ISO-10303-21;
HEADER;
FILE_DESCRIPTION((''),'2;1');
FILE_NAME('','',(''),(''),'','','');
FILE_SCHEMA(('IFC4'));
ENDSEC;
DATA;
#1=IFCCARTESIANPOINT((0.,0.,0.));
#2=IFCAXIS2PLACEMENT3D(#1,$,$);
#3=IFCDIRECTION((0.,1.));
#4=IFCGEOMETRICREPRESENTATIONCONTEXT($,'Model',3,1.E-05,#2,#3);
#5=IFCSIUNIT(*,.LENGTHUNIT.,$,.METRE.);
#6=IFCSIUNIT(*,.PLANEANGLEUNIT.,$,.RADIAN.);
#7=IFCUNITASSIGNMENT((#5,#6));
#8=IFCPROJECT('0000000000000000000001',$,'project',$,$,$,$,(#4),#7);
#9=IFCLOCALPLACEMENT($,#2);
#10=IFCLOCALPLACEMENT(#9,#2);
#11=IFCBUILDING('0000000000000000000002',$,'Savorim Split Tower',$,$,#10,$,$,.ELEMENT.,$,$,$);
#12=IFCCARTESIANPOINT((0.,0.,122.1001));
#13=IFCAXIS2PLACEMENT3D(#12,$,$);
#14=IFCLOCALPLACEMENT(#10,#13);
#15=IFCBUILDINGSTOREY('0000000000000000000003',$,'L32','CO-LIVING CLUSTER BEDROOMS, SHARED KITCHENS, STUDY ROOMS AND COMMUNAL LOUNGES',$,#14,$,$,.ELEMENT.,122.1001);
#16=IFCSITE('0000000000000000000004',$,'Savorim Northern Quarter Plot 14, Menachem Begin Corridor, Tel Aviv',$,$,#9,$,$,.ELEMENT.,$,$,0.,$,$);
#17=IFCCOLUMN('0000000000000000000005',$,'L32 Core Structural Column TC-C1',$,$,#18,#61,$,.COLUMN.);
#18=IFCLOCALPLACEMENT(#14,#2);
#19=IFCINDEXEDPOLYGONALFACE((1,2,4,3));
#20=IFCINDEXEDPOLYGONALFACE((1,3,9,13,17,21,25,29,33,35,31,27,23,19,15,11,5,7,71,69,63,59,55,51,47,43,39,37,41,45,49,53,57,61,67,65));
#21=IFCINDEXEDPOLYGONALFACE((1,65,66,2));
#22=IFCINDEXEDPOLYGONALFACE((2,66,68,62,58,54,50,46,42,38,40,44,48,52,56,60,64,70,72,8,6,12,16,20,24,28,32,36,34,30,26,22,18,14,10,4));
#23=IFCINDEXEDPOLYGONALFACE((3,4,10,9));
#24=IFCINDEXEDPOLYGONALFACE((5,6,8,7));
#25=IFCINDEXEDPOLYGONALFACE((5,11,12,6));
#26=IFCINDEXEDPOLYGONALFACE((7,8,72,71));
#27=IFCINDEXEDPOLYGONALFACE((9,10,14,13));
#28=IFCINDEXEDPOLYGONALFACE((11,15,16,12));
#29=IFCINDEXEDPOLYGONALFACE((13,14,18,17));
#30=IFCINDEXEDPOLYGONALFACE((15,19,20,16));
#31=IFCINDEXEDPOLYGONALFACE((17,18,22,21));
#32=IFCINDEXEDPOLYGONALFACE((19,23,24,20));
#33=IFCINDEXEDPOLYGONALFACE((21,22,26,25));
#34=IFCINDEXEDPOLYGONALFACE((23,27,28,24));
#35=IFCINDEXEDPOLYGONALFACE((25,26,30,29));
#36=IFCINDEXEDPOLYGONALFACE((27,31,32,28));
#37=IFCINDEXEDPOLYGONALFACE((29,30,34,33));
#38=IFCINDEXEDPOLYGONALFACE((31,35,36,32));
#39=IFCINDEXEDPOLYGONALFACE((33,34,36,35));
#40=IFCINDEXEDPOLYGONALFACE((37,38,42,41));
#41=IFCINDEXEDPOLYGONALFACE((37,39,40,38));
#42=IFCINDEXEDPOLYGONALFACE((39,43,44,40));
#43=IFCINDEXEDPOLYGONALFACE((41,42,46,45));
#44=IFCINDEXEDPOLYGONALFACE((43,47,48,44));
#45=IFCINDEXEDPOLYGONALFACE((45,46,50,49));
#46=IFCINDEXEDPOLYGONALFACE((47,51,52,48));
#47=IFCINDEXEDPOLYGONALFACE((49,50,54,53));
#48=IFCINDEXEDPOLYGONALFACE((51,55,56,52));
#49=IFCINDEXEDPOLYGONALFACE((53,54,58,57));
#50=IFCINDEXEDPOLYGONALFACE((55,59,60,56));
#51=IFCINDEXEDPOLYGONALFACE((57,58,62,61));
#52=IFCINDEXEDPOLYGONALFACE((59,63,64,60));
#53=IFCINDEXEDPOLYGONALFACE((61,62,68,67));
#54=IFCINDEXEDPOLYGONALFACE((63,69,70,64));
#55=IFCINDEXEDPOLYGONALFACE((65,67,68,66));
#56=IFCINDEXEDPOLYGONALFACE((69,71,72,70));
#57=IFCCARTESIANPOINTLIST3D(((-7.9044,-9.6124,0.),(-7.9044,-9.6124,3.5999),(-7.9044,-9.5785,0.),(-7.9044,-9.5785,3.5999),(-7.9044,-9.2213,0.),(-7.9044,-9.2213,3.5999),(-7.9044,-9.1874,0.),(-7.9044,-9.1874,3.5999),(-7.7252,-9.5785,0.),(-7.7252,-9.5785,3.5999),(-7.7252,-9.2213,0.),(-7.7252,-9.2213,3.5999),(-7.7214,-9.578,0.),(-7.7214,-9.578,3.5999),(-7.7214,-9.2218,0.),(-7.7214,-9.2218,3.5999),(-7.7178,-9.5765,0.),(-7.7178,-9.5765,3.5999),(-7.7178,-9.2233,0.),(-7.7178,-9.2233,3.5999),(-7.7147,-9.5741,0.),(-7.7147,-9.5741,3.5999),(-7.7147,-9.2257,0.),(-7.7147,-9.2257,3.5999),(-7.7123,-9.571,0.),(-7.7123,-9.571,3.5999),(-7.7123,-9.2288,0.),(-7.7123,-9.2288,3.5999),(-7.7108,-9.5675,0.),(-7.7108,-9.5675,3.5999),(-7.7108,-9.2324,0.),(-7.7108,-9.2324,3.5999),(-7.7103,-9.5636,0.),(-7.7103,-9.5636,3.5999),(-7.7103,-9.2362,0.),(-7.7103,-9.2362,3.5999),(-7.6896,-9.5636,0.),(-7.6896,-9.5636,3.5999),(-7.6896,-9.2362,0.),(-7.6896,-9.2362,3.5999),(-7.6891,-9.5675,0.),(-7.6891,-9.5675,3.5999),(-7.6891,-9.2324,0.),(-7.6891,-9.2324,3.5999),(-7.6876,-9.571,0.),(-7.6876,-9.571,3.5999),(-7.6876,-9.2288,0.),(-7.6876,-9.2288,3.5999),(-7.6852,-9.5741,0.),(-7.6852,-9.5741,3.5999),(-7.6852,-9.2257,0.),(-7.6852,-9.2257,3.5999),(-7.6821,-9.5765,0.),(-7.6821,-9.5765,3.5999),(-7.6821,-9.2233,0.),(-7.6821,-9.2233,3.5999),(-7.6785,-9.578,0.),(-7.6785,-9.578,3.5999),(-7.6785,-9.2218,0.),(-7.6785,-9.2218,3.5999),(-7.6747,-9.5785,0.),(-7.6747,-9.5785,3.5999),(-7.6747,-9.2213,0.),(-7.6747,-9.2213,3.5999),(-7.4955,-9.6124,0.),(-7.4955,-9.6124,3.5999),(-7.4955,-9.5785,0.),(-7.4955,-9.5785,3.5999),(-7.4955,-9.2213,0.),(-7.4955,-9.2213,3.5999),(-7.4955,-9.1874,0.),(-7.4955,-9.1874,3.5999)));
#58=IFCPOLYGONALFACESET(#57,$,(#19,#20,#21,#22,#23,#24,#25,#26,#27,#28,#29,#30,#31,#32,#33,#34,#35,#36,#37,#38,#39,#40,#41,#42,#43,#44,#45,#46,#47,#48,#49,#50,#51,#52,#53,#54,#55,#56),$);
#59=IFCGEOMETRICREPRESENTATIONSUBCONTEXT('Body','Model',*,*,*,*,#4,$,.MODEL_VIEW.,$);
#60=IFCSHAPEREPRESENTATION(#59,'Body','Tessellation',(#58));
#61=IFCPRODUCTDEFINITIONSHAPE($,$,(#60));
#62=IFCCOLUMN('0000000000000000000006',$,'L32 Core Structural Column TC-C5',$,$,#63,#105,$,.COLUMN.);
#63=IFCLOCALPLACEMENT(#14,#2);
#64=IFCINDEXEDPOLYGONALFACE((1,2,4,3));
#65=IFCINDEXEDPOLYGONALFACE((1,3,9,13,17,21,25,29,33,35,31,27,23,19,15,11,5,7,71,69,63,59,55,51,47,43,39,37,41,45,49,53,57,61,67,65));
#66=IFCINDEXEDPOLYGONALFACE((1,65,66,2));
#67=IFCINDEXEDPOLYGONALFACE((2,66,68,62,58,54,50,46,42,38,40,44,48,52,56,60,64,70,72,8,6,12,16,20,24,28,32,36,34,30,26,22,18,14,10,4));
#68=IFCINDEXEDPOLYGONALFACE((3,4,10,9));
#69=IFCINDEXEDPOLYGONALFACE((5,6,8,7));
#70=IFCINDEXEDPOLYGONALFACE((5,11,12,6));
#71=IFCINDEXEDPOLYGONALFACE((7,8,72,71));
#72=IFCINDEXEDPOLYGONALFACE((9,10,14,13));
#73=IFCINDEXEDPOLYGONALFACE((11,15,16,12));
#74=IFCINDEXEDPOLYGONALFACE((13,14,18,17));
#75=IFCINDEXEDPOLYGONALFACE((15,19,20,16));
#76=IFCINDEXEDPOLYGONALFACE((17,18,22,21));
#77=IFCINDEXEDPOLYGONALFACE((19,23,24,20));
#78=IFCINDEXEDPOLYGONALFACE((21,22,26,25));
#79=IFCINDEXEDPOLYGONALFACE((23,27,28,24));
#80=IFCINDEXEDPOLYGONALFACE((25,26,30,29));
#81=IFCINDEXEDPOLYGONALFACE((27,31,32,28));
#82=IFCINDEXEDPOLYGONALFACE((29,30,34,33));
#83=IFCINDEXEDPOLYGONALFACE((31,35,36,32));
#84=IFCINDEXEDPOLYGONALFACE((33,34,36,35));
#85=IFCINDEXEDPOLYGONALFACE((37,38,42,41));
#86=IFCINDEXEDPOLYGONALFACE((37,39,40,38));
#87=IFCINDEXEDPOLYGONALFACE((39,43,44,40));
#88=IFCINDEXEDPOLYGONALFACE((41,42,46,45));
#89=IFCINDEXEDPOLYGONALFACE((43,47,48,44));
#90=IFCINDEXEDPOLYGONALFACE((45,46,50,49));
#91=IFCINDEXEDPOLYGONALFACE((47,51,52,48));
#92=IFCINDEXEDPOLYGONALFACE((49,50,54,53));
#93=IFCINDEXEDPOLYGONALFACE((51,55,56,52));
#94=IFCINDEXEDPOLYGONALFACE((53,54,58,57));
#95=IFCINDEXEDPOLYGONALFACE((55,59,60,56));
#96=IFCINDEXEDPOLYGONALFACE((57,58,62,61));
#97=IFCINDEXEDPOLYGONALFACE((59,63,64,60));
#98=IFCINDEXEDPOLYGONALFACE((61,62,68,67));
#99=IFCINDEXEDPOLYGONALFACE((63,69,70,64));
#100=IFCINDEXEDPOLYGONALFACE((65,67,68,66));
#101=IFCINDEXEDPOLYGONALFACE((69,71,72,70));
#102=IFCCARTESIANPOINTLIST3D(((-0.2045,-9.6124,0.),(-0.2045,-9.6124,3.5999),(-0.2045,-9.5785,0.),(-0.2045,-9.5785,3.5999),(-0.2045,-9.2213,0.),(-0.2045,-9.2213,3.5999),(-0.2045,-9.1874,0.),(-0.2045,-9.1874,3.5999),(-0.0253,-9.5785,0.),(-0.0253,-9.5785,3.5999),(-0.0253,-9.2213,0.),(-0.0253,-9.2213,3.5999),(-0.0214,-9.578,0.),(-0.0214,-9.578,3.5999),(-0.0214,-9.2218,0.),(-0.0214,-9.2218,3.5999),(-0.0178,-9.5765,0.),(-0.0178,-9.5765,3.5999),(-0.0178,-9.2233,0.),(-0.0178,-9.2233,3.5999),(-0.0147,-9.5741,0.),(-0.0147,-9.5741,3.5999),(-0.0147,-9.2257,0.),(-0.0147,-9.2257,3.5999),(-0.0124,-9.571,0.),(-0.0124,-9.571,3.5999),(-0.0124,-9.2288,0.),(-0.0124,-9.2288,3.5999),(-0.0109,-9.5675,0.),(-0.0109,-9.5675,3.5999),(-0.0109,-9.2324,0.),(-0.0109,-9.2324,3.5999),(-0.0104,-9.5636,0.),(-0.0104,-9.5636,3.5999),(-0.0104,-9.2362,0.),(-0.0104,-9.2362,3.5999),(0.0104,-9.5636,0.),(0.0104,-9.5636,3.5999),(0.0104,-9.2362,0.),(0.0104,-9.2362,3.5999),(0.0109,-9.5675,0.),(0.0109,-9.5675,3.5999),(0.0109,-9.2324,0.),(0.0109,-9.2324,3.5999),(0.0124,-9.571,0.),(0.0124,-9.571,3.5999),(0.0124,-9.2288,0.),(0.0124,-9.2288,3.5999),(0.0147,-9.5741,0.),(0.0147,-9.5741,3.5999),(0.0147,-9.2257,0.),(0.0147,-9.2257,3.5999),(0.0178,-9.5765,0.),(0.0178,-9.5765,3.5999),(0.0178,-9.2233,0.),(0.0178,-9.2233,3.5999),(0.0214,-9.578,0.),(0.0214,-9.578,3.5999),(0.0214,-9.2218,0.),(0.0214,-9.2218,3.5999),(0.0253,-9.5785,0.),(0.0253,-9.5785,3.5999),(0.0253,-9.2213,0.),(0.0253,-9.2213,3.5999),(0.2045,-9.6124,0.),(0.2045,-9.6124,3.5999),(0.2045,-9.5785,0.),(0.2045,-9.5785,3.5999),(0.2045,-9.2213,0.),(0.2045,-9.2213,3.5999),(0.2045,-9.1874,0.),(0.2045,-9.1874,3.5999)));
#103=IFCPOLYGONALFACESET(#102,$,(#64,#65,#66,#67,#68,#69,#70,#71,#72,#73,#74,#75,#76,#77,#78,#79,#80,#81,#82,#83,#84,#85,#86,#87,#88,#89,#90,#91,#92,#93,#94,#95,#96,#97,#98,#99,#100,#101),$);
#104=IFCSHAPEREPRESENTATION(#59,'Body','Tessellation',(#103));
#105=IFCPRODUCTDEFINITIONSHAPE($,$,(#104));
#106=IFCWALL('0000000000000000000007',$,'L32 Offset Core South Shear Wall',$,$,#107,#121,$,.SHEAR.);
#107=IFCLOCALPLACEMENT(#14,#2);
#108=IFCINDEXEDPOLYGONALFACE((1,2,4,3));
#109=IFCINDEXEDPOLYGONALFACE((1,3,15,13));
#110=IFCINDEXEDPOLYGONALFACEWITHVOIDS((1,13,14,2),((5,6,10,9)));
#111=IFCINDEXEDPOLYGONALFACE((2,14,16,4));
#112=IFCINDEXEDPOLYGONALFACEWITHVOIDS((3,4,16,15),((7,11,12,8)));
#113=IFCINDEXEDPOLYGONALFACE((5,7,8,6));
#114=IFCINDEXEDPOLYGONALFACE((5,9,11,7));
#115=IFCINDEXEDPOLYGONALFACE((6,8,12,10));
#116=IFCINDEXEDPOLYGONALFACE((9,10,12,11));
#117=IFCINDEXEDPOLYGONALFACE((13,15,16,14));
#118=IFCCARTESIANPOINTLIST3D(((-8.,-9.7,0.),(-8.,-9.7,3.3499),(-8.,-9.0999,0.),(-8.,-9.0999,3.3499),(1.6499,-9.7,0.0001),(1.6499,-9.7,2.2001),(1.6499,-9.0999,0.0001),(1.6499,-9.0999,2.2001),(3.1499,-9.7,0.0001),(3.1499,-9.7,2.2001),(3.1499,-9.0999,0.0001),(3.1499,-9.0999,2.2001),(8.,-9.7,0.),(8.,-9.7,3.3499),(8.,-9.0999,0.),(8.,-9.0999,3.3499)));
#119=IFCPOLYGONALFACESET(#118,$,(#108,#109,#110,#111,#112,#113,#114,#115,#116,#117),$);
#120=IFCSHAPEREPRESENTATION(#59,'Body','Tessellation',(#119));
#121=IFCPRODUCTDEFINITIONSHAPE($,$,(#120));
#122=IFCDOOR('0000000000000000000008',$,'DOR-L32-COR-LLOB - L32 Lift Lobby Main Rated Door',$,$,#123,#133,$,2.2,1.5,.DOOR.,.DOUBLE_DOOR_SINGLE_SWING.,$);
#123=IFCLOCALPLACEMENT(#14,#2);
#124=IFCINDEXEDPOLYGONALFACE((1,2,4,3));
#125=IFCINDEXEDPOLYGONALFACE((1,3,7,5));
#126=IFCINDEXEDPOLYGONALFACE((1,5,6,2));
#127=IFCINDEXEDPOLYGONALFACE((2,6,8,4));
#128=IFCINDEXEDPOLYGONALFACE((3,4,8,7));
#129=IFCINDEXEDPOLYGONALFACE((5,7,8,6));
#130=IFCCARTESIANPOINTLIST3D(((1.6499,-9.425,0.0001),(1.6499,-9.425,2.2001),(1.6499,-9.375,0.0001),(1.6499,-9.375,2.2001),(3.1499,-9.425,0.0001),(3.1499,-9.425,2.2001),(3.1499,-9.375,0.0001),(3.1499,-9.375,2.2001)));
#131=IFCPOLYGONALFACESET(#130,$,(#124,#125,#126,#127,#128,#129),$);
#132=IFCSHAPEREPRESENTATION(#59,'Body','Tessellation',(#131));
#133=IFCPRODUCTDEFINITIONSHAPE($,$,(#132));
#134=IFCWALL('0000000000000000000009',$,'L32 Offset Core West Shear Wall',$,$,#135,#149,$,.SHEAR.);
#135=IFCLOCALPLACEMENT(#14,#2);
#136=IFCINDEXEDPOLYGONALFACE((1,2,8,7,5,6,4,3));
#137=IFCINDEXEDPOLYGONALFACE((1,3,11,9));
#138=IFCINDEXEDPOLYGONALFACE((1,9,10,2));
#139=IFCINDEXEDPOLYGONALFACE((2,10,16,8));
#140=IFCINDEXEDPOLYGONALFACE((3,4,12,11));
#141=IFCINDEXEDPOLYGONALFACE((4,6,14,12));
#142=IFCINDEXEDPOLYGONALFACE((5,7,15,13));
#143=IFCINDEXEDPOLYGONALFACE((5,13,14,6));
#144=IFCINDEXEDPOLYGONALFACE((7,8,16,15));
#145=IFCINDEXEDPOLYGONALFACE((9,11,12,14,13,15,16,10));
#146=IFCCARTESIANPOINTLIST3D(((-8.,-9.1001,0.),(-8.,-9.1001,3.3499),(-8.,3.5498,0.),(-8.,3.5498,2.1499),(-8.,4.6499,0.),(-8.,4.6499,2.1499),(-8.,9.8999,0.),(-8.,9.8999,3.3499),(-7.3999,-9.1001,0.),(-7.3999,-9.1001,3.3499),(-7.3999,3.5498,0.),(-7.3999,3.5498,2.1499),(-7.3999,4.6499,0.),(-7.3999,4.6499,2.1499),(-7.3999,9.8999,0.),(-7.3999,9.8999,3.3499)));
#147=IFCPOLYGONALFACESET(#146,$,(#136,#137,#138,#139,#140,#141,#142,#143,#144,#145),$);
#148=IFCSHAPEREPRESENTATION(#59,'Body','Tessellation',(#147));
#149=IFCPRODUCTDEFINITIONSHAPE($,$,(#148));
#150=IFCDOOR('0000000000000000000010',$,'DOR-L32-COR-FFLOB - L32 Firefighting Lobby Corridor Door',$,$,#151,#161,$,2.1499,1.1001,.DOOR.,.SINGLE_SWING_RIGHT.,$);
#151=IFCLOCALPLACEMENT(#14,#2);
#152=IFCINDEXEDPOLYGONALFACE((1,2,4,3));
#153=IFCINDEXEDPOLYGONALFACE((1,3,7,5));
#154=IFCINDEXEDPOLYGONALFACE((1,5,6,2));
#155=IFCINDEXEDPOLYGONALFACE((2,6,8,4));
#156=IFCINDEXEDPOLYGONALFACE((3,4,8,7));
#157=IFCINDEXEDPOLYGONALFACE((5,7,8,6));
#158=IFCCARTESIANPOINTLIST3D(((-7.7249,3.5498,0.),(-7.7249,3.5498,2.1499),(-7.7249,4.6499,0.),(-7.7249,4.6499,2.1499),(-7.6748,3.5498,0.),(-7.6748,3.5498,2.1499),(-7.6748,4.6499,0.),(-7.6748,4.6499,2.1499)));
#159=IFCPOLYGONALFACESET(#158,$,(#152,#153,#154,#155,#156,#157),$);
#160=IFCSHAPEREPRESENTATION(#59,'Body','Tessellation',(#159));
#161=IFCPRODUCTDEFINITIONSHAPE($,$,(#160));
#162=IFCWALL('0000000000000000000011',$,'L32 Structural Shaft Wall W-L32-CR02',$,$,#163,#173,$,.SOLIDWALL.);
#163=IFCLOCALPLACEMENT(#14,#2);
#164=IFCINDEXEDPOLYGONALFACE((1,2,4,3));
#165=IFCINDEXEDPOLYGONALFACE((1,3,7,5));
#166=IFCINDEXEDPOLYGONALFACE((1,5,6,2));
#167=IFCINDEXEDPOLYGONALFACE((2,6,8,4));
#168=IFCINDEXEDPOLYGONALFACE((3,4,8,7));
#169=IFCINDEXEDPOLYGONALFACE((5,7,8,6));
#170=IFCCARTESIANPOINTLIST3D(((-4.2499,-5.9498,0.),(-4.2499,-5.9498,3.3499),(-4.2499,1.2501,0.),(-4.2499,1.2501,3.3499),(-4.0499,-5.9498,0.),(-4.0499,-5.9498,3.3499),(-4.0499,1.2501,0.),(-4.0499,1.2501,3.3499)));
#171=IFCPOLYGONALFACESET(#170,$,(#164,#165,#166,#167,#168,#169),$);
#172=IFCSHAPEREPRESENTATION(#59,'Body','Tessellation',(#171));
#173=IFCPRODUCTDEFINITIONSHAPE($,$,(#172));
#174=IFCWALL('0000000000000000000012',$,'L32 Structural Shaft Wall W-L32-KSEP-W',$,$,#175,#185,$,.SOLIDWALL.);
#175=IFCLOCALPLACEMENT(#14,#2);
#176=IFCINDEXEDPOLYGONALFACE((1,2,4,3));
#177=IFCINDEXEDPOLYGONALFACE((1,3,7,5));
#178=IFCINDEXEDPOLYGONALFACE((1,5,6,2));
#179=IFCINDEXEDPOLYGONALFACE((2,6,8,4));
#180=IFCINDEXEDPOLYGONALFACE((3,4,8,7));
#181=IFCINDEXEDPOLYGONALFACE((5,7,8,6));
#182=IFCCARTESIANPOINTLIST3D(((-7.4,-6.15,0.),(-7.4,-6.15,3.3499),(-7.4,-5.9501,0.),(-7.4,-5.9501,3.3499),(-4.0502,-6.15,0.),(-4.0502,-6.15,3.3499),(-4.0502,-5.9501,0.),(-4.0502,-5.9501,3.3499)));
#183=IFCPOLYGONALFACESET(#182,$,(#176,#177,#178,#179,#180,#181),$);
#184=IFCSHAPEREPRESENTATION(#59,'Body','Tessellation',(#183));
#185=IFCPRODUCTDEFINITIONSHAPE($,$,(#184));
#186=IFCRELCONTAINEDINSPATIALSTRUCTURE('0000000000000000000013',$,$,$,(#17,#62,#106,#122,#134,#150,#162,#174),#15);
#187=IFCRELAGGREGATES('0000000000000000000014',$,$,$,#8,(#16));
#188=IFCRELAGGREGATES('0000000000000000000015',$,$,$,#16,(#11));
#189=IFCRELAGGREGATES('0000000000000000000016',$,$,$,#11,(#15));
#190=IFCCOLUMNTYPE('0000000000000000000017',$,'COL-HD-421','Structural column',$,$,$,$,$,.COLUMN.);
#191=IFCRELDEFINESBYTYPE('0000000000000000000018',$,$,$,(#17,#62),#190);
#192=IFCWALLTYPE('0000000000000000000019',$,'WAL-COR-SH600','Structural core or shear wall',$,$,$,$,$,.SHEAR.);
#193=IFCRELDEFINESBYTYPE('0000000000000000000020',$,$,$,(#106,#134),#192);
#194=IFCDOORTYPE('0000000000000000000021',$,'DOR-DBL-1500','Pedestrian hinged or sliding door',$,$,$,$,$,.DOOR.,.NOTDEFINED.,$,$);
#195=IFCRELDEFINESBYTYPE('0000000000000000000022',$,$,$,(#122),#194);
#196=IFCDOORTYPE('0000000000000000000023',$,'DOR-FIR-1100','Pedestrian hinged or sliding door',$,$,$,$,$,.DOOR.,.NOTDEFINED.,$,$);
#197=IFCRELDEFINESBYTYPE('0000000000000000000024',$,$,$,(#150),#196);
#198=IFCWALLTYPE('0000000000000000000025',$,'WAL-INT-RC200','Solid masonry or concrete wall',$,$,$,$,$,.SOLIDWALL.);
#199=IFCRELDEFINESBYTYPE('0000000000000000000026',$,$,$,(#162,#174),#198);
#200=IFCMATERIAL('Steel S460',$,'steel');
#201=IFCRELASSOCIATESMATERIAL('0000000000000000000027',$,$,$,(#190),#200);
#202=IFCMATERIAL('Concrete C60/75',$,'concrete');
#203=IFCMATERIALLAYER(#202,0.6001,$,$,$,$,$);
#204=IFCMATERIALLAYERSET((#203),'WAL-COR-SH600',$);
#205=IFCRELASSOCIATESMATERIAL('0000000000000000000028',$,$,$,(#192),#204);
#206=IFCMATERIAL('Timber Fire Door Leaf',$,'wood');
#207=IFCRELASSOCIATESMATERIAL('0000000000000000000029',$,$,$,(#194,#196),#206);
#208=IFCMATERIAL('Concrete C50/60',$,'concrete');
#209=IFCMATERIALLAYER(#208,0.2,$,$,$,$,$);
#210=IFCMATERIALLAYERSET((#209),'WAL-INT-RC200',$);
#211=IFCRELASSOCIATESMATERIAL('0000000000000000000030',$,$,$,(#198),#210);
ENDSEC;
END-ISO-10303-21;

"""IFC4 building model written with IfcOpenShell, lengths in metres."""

from ifc_helpers import new_model, si_unit, direction, frame, frame_2d, origin, origin_2d, place, context, subcontext, project, spatial, rectangle, i_section, extrude, material, layer, layer_set, material_profile, profile_set, type_object, element, fill, save


model = new_model("IFC4")

# Units and contexts
model_context = context("Model", 3, precision=1e-05, world=origin(), true_north=direction((0.0, 1.0)))
body_context = subcontext(model_context, "Body", "Model", "MODEL_VIEW")
ifc_project = project(units=[si_unit("LENGTHUNIT", "METRE"), si_unit("PLANEANGLEUNIT", "RADIAN")], contexts=[model_context])

# Site, building, storey
site_placement = place(None, origin())
site = spatial("IfcSite", under=ifc_project, at=site_placement, Name="Savorim Northern Quarter Plot 14, Menachem Begin Corridor, Tel Aviv", CompositionType="ELEMENT", RefElevation=0.0)
building_placement = place(site_placement, origin())
building = spatial("IfcBuilding", under=site, at=building_placement, Name="Savorim Split Tower", CompositionType="ELEMENT")
storey_placement = place(building_placement, frame((0.0, 0.0, 122.1001)))
storey = spatial("IfcBuildingStorey", under=building, at=storey_placement, Name="L32", Description="CO-LIVING CLUSTER BEDROOMS, SHARED KITCHENS, STUDY ROOMS AND COMMUNAL LOUNGES", CompositionType="ELEMENT", Elevation=122.1001)

# Columns
ifc_material_1 = material(Name="Steel S460", Category="steel")
ifc_material_profile = material_profile(ifc_material_1, i_section(OverallWidth=0.4089, OverallDepth=0.425, WebThickness=0.0208, FlangeThickness=0.0339, FilletRadius=0.0149, at=origin_2d()), Name="HD 400x421")
ifc_profile_set = profile_set([ifc_material_profile], Name="Steel S460")
column_type = type_object("IfcColumnType", Name="COL-HD-421", Description="Structural column", PredefinedType="COLUMN", material=ifc_profile_set)
for number, where, z_axis, x_axis, name in (
    (1, (-7.7, -9.3999, 0.0), (0.0, 0.0, 1.0), (1.0, 0.0, 0.0), "L32 Core Structural Column TC-C1"),
    (2, (0.0, -9.3999, 0.0), (0.0, 0.0, 1.0), (1.0, 0.0, 0.0), "L32 Core Structural Column TC-C5"),
):
    element("IfcColumn", number, at=place(storey_placement, frame(where, z_axis=z_axis, x_axis=x_axis)), inside=storey, type_object=column_type, Name=name, PredefinedType="COLUMN", context=body_context, shape_type="SweptSolid", body=[
        extrude(i_section(OverallWidth=0.4089, OverallDepth=0.425, WebThickness=0.0208, FlangeThickness=0.0339, FilletRadius=0.0149, at=origin_2d()), origin(), (0.0, 0.0, 1.0), 3.5999),
    ])

# Walls, openings, doors
ifc_material_2 = material(Name="Concrete C60/75", Category="concrete")
ifc_layer_1 = layer(ifc_material_2, 0.6001)
ifc_layer_set_1 = layer_set([ifc_layer_1], Name="WAL-COR-SH600")
wall_type_1 = type_object("IfcWallType", Name="WAL-COR-SH600", Description="Structural core or shear wall", PredefinedType="SHEAR", material=ifc_layer_set_1)
wall_1_placement = place(storey_placement, frame((-8.0, -9.3999, 0.0), z_axis=(0.0, 0.0, 1.0), x_axis=(1.0, 0.0, 0.0)))
wall_1 = element("IfcWall", 3, at=wall_1_placement, inside=storey, type_object=wall_type_1, Name="L32 Offset Core South Shear Wall", PredefinedType="SHEAR", context=body_context, shape_type="SweptSolid", body=[
    extrude(rectangle(XDim=16.0, YDim=0.6001, at=frame_2d((8.0, 0.0))), origin(), (0.0, 0.0, 1.0), 3.3499),
])
opening_1_placement = place(wall_1_placement, frame((9.6499, 0.0, 0.0)))
opening_1 = element("IfcOpeningElement", 4, at=opening_1_placement, cuts=wall_1, PredefinedType="OPENING", context=body_context, shape_type="SweptSolid", body=[
    extrude(rectangle(XDim=1.5, YDim=2.2, at=frame_2d((0.75, 1.1001))), frame((0.0, 0.3101, 0.0), z_axis=(0.0, -1.0, 0.0), x_axis=(1.0, 0.0, 0.0)), (0.0, 0.0, 1.0), 0.6201),
])
ifc_material_3 = material(Name="Timber Fire Door Leaf", Category="wood")
door_type_1 = type_object("IfcDoorType", Name="DOR-DBL-1500", Description="Pedestrian hinged or sliding door", OperationType="NOTDEFINED", PredefinedType="DOOR", material=ifc_material_3)
door_1_placement = place(opening_1_placement, origin())
door_1 = element("IfcDoor", 5, at=door_1_placement, inside=storey, type_object=door_type_1, Name="DOR-L32-COR-LLOB - L32 Lift Lobby Main Rated Door", OperationType="DOUBLE_DOOR_SINGLE_SWING", OverallHeight=2.2, OverallWidth=1.5, PredefinedType="DOOR", context=body_context, shape_type="SweptSolid", body=[
    extrude(rectangle(XDim=1.5, YDim=2.2, at=frame_2d((0.75, 1.1001))), frame((0.0, 0.0249, 0.0), z_axis=(0.0, -1.0, 0.0), x_axis=(1.0, 0.0, 0.0)), (0.0, 0.0, 1.0), 0.05),
])
fill(opening_1, door_1)
wall_2_placement = place(storey_placement, frame((-7.7, -9.1001, 0.0), z_axis=(0.0, 0.0, 1.0), x_axis=(0.0, 1.0, 0.0)))
wall_2 = element("IfcWall", 6, at=wall_2_placement, inside=storey, type_object=wall_type_1, Name="L32 Offset Core West Shear Wall", PredefinedType="SHEAR", context=body_context, shape_type="SweptSolid", body=[
    extrude(rectangle(XDim=19.0, YDim=0.6001, at=frame_2d((9.5, 0.0))), origin(), (0.0, 0.0, 1.0), 3.3499),
])
opening_2_placement = place(wall_2_placement, frame((12.6499, 0.0, 0.0)))
opening_2 = element("IfcOpeningElement", 7, at=opening_2_placement, cuts=wall_2, PredefinedType="OPENING", context=body_context, shape_type="SweptSolid", body=[
    extrude(rectangle(XDim=1.1001, YDim=2.1499, at=frame_2d((0.55, 1.075))), frame((0.0, 0.3101, 0.0), z_axis=(0.0, -1.0, 0.0), x_axis=(1.0, 0.0, 0.0)), (0.0, 0.0, 1.0), 0.6201),
])
door_type_2 = type_object("IfcDoorType", Name="DOR-FIR-1100", Description="Pedestrian hinged or sliding door", OperationType="NOTDEFINED", PredefinedType="DOOR", material=ifc_material_3)
door_2_placement = place(opening_2_placement, origin())
door_2 = element("IfcDoor", 8, at=door_2_placement, inside=storey, type_object=door_type_2, Name="DOR-L32-COR-FFLOB - L32 Firefighting Lobby Corridor Door", OperationType="SINGLE_SWING_RIGHT", OverallHeight=2.1499, OverallWidth=1.1001, PredefinedType="DOOR", context=body_context, shape_type="SweptSolid", body=[
    extrude(rectangle(XDim=1.1001, YDim=2.1499, at=frame_2d((0.55, 1.075))), frame((0.0, 0.0249, 0.0), z_axis=(0.0, -1.0, 0.0), x_axis=(1.0, 0.0, 0.0)), (0.0, 0.0, 1.0), 0.05),
])
fill(opening_2, door_2)

# Wall
ifc_material_4 = material(Name="Concrete C50/60", Category="concrete")
ifc_layer_2 = layer(ifc_material_4, 0.2)
ifc_layer_set_2 = layer_set([ifc_layer_2], Name="WAL-INT-RC200")
wall_type_2 = type_object("IfcWallType", Name="WAL-INT-RC200", Description="Solid masonry or concrete wall", PredefinedType="SOLIDWALL", material=ifc_layer_set_2)
wall_3_placement = place(storey_placement, frame((-4.1499, -5.95, 0.0), z_axis=(0.0, 0.0, 1.0), x_axis=(0.0, 1.0, 0.0)))
element("IfcWall", 9, at=wall_3_placement, inside=storey, type_object=wall_type_2, Name="L32 Structural Shaft Wall W-L32-CR02", PredefinedType="SOLIDWALL", context=body_context, shape_type="SweptSolid", body=[
    extrude(rectangle(XDim=7.2, YDim=0.2, at=frame_2d((3.6001, 0.0))), origin(), (0.0, 0.0, 1.0), 3.3499),
])

# Wall
wall_4_placement = place(storey_placement, frame((-7.3999, -6.05, 0.0), z_axis=(0.0, 0.0, 1.0), x_axis=(1.0, 0.0, 0.0)))
element("IfcWall", 10, at=wall_4_placement, inside=storey, type_object=wall_type_2, Name="L32 Structural Shaft Wall W-L32-KSEP-W", PredefinedType="SOLIDWALL", context=body_context, shape_type="SweptSolid", body=[
    extrude(rectangle(XDim=3.3499, YDim=0.2, at=frame_2d((1.6748, 0.0))), origin(), (0.0, 0.0, 1.0), 3.3499),
])

save(model, "model.ifc")
